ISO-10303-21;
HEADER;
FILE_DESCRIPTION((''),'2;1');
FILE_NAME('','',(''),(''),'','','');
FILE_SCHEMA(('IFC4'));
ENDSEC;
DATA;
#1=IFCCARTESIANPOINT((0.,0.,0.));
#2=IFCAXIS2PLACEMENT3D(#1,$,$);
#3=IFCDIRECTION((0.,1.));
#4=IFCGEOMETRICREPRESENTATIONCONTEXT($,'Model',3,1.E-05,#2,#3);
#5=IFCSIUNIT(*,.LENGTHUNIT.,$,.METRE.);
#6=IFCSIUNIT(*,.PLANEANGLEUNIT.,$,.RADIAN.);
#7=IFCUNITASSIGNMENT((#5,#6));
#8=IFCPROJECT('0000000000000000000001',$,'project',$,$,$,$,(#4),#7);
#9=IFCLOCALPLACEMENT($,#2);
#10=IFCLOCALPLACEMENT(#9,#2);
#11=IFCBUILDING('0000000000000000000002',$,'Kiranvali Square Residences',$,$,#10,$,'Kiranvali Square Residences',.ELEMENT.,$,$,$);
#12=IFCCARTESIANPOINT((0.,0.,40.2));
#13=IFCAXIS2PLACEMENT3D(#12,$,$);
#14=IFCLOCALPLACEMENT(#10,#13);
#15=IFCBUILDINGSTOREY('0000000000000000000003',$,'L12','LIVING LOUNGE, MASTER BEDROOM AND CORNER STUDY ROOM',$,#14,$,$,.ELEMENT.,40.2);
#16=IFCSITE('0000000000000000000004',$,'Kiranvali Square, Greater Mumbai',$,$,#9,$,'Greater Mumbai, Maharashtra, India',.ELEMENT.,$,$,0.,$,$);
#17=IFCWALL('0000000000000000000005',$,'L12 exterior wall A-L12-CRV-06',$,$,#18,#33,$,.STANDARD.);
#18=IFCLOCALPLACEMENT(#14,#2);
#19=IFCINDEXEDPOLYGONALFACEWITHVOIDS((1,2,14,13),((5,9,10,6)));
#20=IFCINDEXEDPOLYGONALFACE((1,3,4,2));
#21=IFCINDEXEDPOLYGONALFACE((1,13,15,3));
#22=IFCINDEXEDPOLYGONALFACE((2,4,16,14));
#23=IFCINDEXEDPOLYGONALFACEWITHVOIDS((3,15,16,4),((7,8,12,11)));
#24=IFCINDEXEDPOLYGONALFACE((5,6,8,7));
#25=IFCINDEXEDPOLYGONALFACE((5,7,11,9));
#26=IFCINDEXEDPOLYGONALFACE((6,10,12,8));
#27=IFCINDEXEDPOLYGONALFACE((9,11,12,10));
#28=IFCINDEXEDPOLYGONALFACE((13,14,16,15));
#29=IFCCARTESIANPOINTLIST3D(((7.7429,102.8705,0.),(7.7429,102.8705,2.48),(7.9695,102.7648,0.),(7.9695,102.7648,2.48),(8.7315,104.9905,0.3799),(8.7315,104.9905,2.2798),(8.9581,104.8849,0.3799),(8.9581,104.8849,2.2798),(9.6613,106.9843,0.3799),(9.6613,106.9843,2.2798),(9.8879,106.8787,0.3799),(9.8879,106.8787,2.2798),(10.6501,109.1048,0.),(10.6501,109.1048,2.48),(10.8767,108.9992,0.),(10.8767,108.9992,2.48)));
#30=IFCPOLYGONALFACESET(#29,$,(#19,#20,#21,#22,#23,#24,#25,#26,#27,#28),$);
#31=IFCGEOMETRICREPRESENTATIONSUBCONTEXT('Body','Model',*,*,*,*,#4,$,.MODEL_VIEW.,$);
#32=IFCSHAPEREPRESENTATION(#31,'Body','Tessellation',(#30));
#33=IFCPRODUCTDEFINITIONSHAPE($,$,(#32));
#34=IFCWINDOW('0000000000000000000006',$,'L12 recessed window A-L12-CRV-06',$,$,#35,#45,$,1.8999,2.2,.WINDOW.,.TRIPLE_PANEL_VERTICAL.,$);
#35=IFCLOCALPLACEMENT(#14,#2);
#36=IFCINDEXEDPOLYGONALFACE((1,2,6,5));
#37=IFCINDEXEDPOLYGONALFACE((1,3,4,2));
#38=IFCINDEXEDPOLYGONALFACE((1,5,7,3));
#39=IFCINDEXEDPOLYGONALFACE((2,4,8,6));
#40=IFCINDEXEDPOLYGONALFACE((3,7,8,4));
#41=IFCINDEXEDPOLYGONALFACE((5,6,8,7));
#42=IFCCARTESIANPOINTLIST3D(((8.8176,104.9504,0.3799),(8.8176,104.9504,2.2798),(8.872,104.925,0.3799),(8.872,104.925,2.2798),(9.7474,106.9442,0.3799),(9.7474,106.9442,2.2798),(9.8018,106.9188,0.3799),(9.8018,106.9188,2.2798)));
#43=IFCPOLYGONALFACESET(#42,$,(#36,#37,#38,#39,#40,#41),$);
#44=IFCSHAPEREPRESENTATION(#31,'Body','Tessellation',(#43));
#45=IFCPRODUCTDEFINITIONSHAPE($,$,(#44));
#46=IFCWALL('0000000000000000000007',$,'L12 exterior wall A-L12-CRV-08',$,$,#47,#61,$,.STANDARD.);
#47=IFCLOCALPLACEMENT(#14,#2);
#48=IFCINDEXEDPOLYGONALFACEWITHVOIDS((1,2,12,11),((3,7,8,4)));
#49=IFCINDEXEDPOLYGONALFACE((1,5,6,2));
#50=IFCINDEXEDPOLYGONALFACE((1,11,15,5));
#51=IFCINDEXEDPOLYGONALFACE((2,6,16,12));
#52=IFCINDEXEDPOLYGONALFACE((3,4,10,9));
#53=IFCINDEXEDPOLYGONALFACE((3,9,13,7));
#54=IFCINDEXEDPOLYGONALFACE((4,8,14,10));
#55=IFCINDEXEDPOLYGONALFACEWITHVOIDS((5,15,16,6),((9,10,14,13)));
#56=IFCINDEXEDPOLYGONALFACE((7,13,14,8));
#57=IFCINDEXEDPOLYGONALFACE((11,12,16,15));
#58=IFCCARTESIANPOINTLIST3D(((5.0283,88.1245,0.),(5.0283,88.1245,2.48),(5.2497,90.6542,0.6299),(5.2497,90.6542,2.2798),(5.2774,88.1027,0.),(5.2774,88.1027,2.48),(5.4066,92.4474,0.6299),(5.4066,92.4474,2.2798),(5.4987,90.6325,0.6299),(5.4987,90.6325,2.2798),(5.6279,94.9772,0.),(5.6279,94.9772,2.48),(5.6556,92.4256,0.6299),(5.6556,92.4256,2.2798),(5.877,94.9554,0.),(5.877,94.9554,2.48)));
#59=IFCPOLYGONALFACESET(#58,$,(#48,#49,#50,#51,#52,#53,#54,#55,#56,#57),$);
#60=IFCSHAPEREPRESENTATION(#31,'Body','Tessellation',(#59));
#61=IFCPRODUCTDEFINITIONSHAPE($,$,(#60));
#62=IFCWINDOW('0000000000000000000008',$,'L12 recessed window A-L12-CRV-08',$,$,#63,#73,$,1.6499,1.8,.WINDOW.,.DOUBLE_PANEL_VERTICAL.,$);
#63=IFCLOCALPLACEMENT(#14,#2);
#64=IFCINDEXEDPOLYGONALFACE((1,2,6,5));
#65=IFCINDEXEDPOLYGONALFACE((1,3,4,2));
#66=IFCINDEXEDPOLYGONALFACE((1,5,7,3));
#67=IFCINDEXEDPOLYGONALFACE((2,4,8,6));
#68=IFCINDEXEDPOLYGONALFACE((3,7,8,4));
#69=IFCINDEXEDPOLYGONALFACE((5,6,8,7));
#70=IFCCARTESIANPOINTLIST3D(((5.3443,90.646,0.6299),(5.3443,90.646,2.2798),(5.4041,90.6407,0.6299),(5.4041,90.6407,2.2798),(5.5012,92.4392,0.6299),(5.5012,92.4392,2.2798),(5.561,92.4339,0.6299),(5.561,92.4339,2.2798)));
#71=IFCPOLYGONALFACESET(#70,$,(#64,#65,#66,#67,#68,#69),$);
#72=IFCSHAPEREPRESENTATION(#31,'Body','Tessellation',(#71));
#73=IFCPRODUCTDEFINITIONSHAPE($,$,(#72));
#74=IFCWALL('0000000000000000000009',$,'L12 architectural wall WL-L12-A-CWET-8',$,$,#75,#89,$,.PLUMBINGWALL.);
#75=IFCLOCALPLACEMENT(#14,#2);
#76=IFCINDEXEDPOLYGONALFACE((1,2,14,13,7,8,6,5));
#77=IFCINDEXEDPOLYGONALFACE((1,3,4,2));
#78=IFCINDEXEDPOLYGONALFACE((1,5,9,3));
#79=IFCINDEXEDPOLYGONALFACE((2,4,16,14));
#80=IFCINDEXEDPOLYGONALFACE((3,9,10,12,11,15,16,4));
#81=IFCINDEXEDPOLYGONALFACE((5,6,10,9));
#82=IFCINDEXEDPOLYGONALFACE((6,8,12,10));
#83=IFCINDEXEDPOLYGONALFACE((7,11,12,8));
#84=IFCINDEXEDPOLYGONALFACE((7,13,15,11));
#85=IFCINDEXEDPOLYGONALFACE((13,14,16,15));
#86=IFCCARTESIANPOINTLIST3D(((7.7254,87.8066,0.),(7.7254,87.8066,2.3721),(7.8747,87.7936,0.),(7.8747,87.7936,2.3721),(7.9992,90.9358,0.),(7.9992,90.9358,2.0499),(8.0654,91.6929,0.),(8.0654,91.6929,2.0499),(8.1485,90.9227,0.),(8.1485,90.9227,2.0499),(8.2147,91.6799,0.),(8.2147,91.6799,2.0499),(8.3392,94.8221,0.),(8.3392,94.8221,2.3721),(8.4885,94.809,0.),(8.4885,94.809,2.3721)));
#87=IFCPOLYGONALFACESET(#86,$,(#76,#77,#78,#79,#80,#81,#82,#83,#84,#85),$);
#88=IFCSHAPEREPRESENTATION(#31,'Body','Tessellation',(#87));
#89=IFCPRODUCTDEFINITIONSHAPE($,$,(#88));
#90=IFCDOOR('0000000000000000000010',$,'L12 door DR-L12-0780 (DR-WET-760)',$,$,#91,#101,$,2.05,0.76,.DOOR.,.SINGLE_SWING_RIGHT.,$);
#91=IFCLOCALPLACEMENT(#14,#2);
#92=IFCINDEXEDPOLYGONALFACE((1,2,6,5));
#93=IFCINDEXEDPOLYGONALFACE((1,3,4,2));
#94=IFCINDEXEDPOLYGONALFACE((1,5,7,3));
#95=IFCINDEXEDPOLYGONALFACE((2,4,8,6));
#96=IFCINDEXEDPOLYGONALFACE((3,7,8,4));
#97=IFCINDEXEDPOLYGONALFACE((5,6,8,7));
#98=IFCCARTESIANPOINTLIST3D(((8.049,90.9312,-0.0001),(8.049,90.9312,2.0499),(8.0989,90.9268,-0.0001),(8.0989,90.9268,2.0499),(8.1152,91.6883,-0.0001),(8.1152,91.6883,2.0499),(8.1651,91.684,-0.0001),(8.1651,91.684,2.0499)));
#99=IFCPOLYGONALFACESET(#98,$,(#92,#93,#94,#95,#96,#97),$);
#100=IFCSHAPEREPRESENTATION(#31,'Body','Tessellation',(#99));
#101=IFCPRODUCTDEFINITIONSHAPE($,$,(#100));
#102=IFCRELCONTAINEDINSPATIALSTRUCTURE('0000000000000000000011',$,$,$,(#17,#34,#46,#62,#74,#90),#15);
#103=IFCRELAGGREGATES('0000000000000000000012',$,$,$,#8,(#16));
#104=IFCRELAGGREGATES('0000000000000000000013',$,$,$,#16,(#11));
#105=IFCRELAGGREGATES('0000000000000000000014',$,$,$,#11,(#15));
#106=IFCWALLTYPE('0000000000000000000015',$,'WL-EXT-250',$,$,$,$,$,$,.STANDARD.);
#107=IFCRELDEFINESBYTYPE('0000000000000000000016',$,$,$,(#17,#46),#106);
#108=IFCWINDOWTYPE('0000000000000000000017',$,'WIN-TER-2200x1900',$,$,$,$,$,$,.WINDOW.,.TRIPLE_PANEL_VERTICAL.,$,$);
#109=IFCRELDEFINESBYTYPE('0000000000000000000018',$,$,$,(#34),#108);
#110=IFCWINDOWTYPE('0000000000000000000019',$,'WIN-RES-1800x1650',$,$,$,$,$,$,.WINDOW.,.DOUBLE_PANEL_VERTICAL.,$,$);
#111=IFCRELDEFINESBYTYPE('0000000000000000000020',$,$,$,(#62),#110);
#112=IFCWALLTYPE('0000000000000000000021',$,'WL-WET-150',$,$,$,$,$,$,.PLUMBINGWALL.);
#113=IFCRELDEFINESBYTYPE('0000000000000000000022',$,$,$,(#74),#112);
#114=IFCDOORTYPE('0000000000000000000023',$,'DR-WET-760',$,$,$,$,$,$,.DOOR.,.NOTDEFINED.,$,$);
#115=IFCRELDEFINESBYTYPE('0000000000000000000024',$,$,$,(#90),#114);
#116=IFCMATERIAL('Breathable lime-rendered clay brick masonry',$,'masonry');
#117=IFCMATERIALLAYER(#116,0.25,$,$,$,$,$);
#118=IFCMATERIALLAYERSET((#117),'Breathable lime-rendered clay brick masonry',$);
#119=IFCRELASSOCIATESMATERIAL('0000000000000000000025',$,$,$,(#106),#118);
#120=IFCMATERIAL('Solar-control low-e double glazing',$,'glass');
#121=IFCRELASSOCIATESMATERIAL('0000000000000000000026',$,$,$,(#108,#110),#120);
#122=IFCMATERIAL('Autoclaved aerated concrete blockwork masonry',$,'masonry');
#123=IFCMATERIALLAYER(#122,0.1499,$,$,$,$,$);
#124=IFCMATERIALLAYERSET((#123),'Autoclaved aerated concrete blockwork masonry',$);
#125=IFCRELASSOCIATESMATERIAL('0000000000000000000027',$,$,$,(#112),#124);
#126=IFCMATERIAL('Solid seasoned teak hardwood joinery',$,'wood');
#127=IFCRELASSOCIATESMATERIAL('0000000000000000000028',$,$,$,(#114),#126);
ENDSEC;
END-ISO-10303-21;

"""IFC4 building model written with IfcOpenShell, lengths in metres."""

from ifc_helpers import new_model, si_unit, direction, frame, frame_2d, origin, place, context, subcontext, project, spatial, rectangle, extrude, material, layer, layer_set, type_object, element, fill, save


model = new_model("IFC4")

# Units and contexts
model_context = context("Model", 3, precision=1e-05, world=origin(), true_north=direction((0.0, 1.0)))
body_context = subcontext(model_context, "Body", "Model", "MODEL_VIEW")
ifc_project = project(units=[si_unit("LENGTHUNIT", "METRE"), si_unit("PLANEANGLEUNIT", "RADIAN")], contexts=[model_context])

# Site, building, storey
site_placement = place(None, origin())
site = spatial("IfcSite", under=ifc_project, at=site_placement, Name="Kiranvali Square, Greater Mumbai", LongName="Greater Mumbai, Maharashtra, India", CompositionType="ELEMENT", RefElevation=0.0)
building_placement = place(site_placement, origin())
building = spatial("IfcBuilding", under=site, at=building_placement, Name="Kiranvali Square Residences", LongName="Kiranvali Square Residences", CompositionType="ELEMENT")
storey_placement = place(building_placement, frame((0.0, 0.0, 40.2)))
storey = spatial("IfcBuildingStorey", under=building, at=storey_placement, Name="L12", Description="LIVING LOUNGE, MASTER BEDROOM AND CORNER STUDY ROOM", CompositionType="ELEMENT", Elevation=40.2)

# Wall, opening, window
ifc_material_1 = material(Name="Breathable lime-rendered clay brick masonry", Category="masonry")
ifc_layer_1 = layer(ifc_material_1, 0.25)
ifc_layer_set_1 = layer_set([ifc_layer_1], Name="Breathable lime-rendered clay brick masonry")
wall_type_1 = type_object("IfcWallType", Name="WL-EXT-250", PredefinedType="STANDARD", material=ifc_layer_set_1)
wall_1_placement = place(storey_placement, frame((10.7634, 109.052, 0.0), z_axis=(0.0, 0.0, 1.0), x_axis=(-0.422629, -0.906303, 0.0)))
wall_1 = element("IfcWall", 1, at=wall_1_placement, inside=storey, type_object=wall_type_1, Name="L12 exterior wall A-L12-CRV-06", PredefinedType="STANDARD", context=body_context, shape_type="SweptSolid", body=[
    extrude(rectangle(XDim=6.8789, YDim=0.25, at=frame_2d((3.4395, 0.0))), origin(), (0.0, 0.0, 1.0), 2.48),
])
opening_1_placement = place(wall_1_placement, frame((2.3396, 0.0, 0.3799)))
opening_1 = element("IfcOpeningElement", 2, at=opening_1_placement, cuts=wall_1, PredefinedType="OPENING", context=body_context, shape_type="SweptSolid", body=[
    extrude(rectangle(XDim=2.2, YDim=1.8999, at=frame_2d((1.1001, 0.95))), frame((0.0, 0.135, 0.0), z_axis=(0.0, -1.0, 0.0), x_axis=(1.0, 0.0, 0.0)), (0.0, 0.0, 1.0), 0.27),
])
ifc_material_2 = material(Name="Solar-control low-e double glazing", Category="glass")
window_type_1 = type_object("IfcWindowType", Name="WIN-TER-2200x1900", PartitioningType="TRIPLE_PANEL_VERTICAL", PredefinedType="WINDOW", material=ifc_material_2)
window_1_placement = place(opening_1_placement, origin())
window_1 = element("IfcWindow", 3, at=window_1_placement, inside=storey, type_object=window_type_1, Name="L12 recessed window A-L12-CRV-06", OverallHeight=1.8999, OverallWidth=2.2, PartitioningType="TRIPLE_PANEL_VERTICAL", PredefinedType="WINDOW", context=body_context, shape_type="SweptSolid", body=[
    extrude(rectangle(XDim=2.2, YDim=1.8999, at=frame_2d((1.1001, 0.95))), frame((0.0, 0.03, 0.0), z_axis=(0.0, -1.0, 0.0), x_axis=(1.0, 0.0, 0.0)), (0.0, 0.0, 1.0), 0.0601),
])
fill(opening_1, window_1)

# Wall, opening, window
wall_2_placement = place(storey_placement, frame((5.7524, 94.9663, 0.0), z_axis=(0.0, 0.0, 1.0), x_axis=(-0.087166, -0.996194, 0.0)))
wall_2 = element("IfcWall", 4, at=wall_2_placement, inside=storey, type_object=wall_type_1, Name="L12 exterior wall A-L12-CRV-08", PredefinedType="STANDARD", context=body_context, shape_type="SweptSolid", body=[
    extrude(rectangle(XDim=6.8789, YDim=0.25, at=frame_2d((3.4395, 0.0))), origin(), (0.0, 0.0, 1.0), 2.48),
])
opening_2_placement = place(wall_2_placement, frame((2.5396, 0.0, 0.6299)))
opening_2 = element("IfcOpeningElement", 5, at=opening_2_placement, cuts=wall_2, PredefinedType="OPENING", context=body_context, shape_type="SweptSolid", body=[
    extrude(rectangle(XDim=1.8, YDim=1.6499, at=frame_2d((0.8999, 0.825))), frame((0.0, 0.135, 0.0), z_axis=(0.0, -1.0, 0.0), x_axis=(1.0, 0.0, 0.0)), (0.0, 0.0, 1.0), 0.27),
])
window_type_2 = type_object("IfcWindowType", Name="WIN-RES-1800x1650", PartitioningType="DOUBLE_PANEL_VERTICAL", PredefinedType="WINDOW", material=ifc_material_2)
window_2_placement = place(opening_2_placement, origin())
window_2 = element("IfcWindow", 6, at=window_2_placement, inside=storey, type_object=window_type_2, Name="L12 recessed window A-L12-CRV-08", OverallHeight=1.6499, OverallWidth=1.8, PartitioningType="DOUBLE_PANEL_VERTICAL", PredefinedType="WINDOW", context=body_context, shape_type="SweptSolid", body=[
    extrude(rectangle(XDim=1.8, YDim=1.6499, at=frame_2d((0.8999, 0.825))), frame((0.0, 0.03, 0.0), z_axis=(0.0, -1.0, 0.0), x_axis=(1.0, 0.0, 0.0)), (0.0, 0.0, 1.0), 0.0601),
])
fill(opening_2, window_2)

# Wall, opening, door
ifc_material_3 = material(Name="Autoclaved aerated concrete blockwork masonry", Category="masonry")
ifc_layer_2 = layer(ifc_material_3, 0.1499)
ifc_layer_set_2 = layer_set([ifc_layer_2], Name="Autoclaved aerated concrete blockwork masonry")
wall_type_2 = type_object("IfcWallType", Name="WL-WET-150", PredefinedType="PLUMBINGWALL", material=ifc_layer_set_2)
wall_3_placement = place(storey_placement, frame((8.4138, 94.8154, 0.0), z_axis=(0.0, 0.0, 1.0), x_axis=(-0.087156, -0.996195, 0.0)))
wall_3 = element("IfcWall", 7, at=wall_3_placement, inside=storey, type_object=wall_type_2, Name="L12 architectural wall WL-L12-A-CWET-8", PredefinedType="PLUMBINGWALL", context=body_context, shape_type="SweptSolid", body=[
    extrude(rectangle(XDim=7.0422, YDim=0.1499, at=frame_2d((3.521, 0.0))), origin(), (0.0, 0.0, 1.0), 2.3721),
])
opening_3_placement = place(wall_3_placement, frame((3.1411, 0.0, 0.0)))
opening_3 = element("IfcOpeningElement", 8, at=opening_3_placement, cuts=wall_3, PredefinedType="OPENING", context=body_context, shape_type="SweptSolid", body=[
    extrude(rectangle(XDim=0.76, YDim=2.05, at=frame_2d((0.3799, 1.0249))), frame((0.0, 0.085, 0.0), z_axis=(0.0, -1.0, 0.0), x_axis=(1.0, 0.0, 0.0)), (0.0, 0.0, 1.0), 0.1699),
])
ifc_material_4 = material(Name="Solid seasoned teak hardwood joinery", Category="wood")
door_type_1 = type_object("IfcDoorType", Name="DR-WET-760", OperationType="NOTDEFINED", PredefinedType="DOOR", material=ifc_material_4)
door_1_placement = place(opening_3_placement, frame((0.76, 0.0, 0.0), z_axis=(0.0, 0.0, 1.0), x_axis=(-1.0, 0.0, 0.0)))
door_1 = element("IfcDoor", 9, at=door_1_placement, inside=storey, type_object=door_type_1, Name="L12 door DR-L12-0780 (DR-WET-760)", OperationType="SINGLE_SWING_RIGHT", OverallHeight=2.05, OverallWidth=0.76, PredefinedType="DOOR", context=body_context, shape_type="SweptSolid", body=[
    extrude(rectangle(XDim=0.76, YDim=2.05, at=frame_2d((0.3799, 1.0249))), frame((0.0, 0.0249, 0.0), z_axis=(0.0, -1.0, 0.0), x_axis=(1.0, 0.0, 0.0)), (0.0, 0.0, 1.0), 0.05),
])
fill(opening_3, door_1)

save(model, "model.ifc")
